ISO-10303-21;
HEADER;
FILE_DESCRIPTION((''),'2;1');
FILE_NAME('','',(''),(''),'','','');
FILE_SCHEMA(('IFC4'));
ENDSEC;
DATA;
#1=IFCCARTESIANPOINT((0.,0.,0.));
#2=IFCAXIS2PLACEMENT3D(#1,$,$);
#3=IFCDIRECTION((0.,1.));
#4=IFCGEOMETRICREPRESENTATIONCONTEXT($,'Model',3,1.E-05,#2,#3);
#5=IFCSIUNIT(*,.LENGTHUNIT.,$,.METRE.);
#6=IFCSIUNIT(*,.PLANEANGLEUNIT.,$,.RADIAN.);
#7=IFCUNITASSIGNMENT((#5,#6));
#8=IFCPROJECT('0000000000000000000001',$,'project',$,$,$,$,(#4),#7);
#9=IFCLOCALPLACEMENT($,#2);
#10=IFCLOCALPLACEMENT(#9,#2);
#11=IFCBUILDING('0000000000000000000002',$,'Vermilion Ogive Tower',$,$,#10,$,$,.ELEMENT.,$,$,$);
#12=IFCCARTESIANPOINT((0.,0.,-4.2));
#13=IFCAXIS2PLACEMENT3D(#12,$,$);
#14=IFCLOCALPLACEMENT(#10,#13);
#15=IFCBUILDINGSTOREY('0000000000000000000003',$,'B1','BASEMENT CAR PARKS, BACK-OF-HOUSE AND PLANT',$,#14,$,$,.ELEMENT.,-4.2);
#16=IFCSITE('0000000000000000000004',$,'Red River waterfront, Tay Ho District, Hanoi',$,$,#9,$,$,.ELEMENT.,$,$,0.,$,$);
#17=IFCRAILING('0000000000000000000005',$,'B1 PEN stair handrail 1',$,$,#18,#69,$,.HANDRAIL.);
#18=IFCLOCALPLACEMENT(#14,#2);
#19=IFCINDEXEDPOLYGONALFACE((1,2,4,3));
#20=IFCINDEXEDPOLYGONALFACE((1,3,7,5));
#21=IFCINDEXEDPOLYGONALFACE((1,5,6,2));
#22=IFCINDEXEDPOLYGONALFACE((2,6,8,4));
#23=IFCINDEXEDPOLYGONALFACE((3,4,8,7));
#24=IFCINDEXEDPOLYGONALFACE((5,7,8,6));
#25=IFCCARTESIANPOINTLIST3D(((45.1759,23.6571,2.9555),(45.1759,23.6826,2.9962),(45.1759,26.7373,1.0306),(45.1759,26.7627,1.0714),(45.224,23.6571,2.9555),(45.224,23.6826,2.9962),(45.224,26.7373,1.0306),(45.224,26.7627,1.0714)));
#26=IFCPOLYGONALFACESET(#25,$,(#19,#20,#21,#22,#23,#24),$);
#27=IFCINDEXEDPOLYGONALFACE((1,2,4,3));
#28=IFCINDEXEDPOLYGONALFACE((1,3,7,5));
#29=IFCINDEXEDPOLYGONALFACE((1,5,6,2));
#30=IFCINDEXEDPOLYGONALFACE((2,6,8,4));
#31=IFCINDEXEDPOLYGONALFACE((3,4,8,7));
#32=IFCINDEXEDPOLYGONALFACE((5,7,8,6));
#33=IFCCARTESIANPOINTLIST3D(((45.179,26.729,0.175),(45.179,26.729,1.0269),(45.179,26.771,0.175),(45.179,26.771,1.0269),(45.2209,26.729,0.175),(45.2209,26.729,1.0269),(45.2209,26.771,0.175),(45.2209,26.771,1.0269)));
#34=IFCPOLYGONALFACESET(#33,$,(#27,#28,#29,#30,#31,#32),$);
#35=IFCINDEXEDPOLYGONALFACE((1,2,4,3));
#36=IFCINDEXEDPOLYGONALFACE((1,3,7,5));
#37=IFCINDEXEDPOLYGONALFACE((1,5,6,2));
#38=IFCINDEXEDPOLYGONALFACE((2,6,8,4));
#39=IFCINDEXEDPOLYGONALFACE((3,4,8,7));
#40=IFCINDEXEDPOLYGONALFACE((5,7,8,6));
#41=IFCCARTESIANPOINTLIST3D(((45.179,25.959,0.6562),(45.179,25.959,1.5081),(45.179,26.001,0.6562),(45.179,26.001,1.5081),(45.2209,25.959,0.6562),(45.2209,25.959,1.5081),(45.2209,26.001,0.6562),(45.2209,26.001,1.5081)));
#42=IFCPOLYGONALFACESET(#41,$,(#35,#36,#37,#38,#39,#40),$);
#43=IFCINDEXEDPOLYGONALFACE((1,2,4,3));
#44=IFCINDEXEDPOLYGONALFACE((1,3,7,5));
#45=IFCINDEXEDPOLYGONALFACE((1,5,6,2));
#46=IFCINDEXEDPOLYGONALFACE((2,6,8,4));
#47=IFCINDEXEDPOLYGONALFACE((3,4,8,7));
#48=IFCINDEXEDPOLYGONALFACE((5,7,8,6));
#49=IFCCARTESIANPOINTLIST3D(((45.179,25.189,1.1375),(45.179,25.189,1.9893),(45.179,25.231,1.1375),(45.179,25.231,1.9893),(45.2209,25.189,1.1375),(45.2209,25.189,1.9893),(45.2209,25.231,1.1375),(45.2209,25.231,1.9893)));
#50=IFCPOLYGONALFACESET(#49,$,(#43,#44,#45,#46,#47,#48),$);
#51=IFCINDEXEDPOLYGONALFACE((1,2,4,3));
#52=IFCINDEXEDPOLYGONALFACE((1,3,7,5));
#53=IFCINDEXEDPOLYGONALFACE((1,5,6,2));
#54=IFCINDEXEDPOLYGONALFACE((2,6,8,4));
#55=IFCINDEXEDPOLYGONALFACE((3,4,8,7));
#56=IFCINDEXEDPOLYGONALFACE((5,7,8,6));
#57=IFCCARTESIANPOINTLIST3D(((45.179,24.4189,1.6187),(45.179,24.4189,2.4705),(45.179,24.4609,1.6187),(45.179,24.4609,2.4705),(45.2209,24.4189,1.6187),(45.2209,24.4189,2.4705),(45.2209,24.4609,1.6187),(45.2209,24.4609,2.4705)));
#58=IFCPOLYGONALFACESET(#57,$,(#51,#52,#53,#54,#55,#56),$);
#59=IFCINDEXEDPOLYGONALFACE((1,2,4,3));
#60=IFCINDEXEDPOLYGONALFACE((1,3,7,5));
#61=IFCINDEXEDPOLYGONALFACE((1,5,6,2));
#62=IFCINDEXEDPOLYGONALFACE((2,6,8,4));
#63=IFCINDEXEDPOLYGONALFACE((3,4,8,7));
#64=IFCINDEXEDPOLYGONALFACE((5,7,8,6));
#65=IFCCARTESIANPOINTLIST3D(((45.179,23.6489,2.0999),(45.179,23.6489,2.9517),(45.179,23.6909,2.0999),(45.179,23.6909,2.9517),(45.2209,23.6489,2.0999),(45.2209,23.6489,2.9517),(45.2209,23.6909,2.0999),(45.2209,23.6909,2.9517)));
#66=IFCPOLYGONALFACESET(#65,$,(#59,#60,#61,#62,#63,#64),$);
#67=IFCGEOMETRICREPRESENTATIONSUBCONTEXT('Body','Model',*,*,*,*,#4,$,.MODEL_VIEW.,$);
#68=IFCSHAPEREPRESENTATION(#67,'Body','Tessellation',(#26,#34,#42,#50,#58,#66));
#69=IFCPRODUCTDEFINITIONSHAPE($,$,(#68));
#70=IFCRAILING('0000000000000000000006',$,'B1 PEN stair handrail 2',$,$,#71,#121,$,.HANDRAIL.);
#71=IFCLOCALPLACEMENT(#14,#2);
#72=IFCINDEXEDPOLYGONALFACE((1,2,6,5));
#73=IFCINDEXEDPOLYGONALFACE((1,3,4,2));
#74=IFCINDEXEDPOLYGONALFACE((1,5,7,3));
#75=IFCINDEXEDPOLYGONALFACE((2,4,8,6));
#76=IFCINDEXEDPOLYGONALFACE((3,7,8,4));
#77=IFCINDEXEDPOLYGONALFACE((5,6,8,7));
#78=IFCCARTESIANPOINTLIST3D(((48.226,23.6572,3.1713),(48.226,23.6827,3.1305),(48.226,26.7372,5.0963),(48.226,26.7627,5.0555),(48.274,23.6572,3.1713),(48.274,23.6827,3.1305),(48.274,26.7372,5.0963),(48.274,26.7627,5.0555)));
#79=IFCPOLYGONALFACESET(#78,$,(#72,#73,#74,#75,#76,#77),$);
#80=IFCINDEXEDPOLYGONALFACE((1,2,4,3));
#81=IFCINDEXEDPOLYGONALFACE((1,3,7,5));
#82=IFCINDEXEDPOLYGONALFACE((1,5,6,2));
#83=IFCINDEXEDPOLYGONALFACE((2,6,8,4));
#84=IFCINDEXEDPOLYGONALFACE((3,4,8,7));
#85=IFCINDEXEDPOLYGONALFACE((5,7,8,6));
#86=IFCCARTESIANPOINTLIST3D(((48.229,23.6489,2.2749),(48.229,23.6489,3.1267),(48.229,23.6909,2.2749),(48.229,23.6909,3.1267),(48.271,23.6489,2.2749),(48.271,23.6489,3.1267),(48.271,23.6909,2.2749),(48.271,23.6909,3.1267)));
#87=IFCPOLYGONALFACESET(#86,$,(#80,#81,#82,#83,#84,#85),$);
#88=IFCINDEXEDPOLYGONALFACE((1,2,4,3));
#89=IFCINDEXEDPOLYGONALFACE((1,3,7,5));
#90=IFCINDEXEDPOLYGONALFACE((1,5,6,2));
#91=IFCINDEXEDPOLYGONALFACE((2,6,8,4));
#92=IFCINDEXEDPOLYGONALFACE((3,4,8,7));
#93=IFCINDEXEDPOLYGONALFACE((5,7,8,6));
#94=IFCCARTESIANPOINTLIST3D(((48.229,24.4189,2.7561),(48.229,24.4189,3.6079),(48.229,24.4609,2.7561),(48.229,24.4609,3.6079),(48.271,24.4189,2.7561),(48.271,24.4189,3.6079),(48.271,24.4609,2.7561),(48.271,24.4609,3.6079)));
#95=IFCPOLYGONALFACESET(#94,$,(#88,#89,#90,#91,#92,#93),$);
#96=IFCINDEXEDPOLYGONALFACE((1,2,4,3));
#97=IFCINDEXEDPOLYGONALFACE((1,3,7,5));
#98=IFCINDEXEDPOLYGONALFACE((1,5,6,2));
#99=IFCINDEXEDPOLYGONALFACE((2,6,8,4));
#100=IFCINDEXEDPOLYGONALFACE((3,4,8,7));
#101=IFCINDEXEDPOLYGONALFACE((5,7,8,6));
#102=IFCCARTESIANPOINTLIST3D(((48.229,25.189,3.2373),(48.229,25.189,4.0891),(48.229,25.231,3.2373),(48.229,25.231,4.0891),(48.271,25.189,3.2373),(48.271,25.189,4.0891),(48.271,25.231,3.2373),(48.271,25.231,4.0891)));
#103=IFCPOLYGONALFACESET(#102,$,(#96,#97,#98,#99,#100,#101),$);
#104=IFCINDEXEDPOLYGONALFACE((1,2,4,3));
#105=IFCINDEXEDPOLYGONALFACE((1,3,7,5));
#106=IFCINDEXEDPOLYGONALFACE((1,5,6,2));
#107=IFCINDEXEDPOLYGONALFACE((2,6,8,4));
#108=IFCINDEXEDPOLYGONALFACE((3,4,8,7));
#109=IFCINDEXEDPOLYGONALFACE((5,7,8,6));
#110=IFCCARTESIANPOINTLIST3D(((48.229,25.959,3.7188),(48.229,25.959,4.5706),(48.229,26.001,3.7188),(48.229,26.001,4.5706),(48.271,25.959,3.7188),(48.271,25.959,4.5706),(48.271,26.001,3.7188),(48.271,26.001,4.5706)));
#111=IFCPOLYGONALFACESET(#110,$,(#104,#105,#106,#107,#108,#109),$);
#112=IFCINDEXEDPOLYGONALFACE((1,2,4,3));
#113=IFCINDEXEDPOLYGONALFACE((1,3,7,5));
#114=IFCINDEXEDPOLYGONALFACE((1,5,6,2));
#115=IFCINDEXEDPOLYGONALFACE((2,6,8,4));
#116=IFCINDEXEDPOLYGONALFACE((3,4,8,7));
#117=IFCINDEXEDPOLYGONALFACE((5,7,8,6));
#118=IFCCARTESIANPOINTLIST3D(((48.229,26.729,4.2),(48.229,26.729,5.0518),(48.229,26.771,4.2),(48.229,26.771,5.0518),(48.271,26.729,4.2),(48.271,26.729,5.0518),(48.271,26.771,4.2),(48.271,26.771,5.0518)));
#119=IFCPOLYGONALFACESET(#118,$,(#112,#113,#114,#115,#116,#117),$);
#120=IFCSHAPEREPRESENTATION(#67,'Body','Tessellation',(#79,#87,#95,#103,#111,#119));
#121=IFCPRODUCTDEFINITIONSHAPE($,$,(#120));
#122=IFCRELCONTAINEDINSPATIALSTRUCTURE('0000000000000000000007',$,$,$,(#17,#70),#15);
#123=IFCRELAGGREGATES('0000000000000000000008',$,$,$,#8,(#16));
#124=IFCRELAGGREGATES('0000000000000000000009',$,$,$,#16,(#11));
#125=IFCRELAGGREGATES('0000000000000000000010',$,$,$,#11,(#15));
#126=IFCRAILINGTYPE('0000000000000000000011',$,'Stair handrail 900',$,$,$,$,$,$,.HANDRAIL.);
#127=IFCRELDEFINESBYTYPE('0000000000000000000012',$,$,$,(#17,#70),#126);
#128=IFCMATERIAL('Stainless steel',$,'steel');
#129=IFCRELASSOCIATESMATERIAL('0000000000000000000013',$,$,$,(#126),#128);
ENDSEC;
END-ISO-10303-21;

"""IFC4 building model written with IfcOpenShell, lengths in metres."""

from ifc_helpers import new_model, si_unit, direction, frame, origin, origin_2d, place, context, subcontext, project, spatial, rectangle, extrude, material, type_object, element, save


model = new_model("IFC4")

# Units and contexts
model_context = context("Model", 3, precision=1e-05, world=origin(), true_north=direction((0.0, 1.0)))
body_context = subcontext(model_context, "Body", "Model", "MODEL_VIEW")
ifc_project = project(units=[si_unit("LENGTHUNIT", "METRE"), si_unit("PLANEANGLEUNIT", "RADIAN")], contexts=[model_context])

# Site, building, storey
site_placement = place(None, origin())
site = spatial("IfcSite", under=ifc_project, at=site_placement, Name="Red River waterfront, Tay Ho District, Hanoi", CompositionType="ELEMENT", RefElevation=0.0)
building_placement = place(site_placement, origin())
building = spatial("IfcBuilding", under=site, at=building_placement, Name="Vermilion Ogive Tower", CompositionType="ELEMENT")
storey_placement = place(building_placement, frame((0.0, 0.0, -4.2)))
storey = spatial("IfcBuildingStorey", under=building, at=storey_placement, Name="B1", Description="BASEMENT CAR PARKS, BACK-OF-HOUSE AND PLANT", CompositionType="ELEMENT", Elevation=-4.2)

# Railings
ifc_material_1 = material(Name="Stainless steel", Category="steel")
railing_type_1 = type_object("IfcRailingType", Name="Stair handrail 900", PredefinedType="HANDRAIL", material=ifc_material_1)
railing_1_placement = place(storey_placement, frame((45.2, 26.75, 0.175)))
element("IfcRailing", 1, at=railing_1_placement, inside=storey, type_object=railing_type_1, Name="B1 PEN stair handrail 1", PredefinedType="HANDRAIL", context=body_context, shape_type="SweptSolid", body=[
    extrude(rectangle(XDim=0.0481, YDim=0.0481, at=origin_2d()), frame((0.0, 0.0, 0.876), z_axis=(0.0, -0.848029, 0.529951), x_axis=(1.0, 0.0, 0.0)), (0.0, 0.0, 1.0), 3.6321),
    extrude(rectangle(XDim=0.042, YDim=0.042, at=origin_2d()), origin(), (0.0, 0.0, 1.0), 0.8518),
    extrude(rectangle(XDim=0.042, YDim=0.042, at=origin_2d()), frame((0.0, -0.77, 0.4812)), (0.0, 0.0, 1.0), 0.8518),
    extrude(rectangle(XDim=0.042, YDim=0.042, at=origin_2d()), frame((0.0, -1.54, 0.9624)), (0.0, 0.0, 1.0), 0.8518),
    extrude(rectangle(XDim=0.042, YDim=0.042, at=origin_2d()), frame((0.0, -2.3101, 1.4436)), (0.0, 0.0, 1.0), 0.8518),
    extrude(rectangle(XDim=0.042, YDim=0.042, at=origin_2d()), frame((0.0, -3.0801, 1.9248)), (0.0, 0.0, 1.0), 0.8518),
])
railing_2_placement = place(storey_placement, frame((48.25, 23.6699, 2.2749)))
element("IfcRailing", 2, at=railing_2_placement, inside=storey, type_object=railing_type_1, Name="B1 PEN stair handrail 2", PredefinedType="HANDRAIL", context=body_context, shape_type="SweptSolid", body=[
    extrude(rectangle(XDim=0.0481, YDim=0.0481, at=origin_2d()), frame((0.0, 0.0, 0.876), z_axis=(0.0, 0.847998, 0.529999), x_axis=(-1.0, 0.0, 0.0)), (0.0, 0.0, 1.0), 3.6321),
    extrude(rectangle(XDim=0.042, YDim=0.042, at=origin_2d()), origin(), (0.0, 0.0, 1.0), 0.8518),
    extrude(rectangle(XDim=0.042, YDim=0.042, at=origin_2d()), frame((0.0, 0.77, 0.4812)), (0.0, 0.0, 1.0), 0.8518),
    extrude(rectangle(XDim=0.042, YDim=0.042, at=origin_2d()), frame((0.0, 1.54, 0.9624)), (0.0, 0.0, 1.0), 0.8518),
    extrude(rectangle(XDim=0.042, YDim=0.042, at=origin_2d()), frame((0.0, 2.3101, 1.4438)), (0.0, 0.0, 1.0), 0.8518),
    extrude(rectangle(XDim=0.042, YDim=0.042, at=origin_2d()), frame((0.0, 3.0801, 1.925)), (0.0, 0.0, 1.0), 0.8518),
])

save(model, "model.ifc")
